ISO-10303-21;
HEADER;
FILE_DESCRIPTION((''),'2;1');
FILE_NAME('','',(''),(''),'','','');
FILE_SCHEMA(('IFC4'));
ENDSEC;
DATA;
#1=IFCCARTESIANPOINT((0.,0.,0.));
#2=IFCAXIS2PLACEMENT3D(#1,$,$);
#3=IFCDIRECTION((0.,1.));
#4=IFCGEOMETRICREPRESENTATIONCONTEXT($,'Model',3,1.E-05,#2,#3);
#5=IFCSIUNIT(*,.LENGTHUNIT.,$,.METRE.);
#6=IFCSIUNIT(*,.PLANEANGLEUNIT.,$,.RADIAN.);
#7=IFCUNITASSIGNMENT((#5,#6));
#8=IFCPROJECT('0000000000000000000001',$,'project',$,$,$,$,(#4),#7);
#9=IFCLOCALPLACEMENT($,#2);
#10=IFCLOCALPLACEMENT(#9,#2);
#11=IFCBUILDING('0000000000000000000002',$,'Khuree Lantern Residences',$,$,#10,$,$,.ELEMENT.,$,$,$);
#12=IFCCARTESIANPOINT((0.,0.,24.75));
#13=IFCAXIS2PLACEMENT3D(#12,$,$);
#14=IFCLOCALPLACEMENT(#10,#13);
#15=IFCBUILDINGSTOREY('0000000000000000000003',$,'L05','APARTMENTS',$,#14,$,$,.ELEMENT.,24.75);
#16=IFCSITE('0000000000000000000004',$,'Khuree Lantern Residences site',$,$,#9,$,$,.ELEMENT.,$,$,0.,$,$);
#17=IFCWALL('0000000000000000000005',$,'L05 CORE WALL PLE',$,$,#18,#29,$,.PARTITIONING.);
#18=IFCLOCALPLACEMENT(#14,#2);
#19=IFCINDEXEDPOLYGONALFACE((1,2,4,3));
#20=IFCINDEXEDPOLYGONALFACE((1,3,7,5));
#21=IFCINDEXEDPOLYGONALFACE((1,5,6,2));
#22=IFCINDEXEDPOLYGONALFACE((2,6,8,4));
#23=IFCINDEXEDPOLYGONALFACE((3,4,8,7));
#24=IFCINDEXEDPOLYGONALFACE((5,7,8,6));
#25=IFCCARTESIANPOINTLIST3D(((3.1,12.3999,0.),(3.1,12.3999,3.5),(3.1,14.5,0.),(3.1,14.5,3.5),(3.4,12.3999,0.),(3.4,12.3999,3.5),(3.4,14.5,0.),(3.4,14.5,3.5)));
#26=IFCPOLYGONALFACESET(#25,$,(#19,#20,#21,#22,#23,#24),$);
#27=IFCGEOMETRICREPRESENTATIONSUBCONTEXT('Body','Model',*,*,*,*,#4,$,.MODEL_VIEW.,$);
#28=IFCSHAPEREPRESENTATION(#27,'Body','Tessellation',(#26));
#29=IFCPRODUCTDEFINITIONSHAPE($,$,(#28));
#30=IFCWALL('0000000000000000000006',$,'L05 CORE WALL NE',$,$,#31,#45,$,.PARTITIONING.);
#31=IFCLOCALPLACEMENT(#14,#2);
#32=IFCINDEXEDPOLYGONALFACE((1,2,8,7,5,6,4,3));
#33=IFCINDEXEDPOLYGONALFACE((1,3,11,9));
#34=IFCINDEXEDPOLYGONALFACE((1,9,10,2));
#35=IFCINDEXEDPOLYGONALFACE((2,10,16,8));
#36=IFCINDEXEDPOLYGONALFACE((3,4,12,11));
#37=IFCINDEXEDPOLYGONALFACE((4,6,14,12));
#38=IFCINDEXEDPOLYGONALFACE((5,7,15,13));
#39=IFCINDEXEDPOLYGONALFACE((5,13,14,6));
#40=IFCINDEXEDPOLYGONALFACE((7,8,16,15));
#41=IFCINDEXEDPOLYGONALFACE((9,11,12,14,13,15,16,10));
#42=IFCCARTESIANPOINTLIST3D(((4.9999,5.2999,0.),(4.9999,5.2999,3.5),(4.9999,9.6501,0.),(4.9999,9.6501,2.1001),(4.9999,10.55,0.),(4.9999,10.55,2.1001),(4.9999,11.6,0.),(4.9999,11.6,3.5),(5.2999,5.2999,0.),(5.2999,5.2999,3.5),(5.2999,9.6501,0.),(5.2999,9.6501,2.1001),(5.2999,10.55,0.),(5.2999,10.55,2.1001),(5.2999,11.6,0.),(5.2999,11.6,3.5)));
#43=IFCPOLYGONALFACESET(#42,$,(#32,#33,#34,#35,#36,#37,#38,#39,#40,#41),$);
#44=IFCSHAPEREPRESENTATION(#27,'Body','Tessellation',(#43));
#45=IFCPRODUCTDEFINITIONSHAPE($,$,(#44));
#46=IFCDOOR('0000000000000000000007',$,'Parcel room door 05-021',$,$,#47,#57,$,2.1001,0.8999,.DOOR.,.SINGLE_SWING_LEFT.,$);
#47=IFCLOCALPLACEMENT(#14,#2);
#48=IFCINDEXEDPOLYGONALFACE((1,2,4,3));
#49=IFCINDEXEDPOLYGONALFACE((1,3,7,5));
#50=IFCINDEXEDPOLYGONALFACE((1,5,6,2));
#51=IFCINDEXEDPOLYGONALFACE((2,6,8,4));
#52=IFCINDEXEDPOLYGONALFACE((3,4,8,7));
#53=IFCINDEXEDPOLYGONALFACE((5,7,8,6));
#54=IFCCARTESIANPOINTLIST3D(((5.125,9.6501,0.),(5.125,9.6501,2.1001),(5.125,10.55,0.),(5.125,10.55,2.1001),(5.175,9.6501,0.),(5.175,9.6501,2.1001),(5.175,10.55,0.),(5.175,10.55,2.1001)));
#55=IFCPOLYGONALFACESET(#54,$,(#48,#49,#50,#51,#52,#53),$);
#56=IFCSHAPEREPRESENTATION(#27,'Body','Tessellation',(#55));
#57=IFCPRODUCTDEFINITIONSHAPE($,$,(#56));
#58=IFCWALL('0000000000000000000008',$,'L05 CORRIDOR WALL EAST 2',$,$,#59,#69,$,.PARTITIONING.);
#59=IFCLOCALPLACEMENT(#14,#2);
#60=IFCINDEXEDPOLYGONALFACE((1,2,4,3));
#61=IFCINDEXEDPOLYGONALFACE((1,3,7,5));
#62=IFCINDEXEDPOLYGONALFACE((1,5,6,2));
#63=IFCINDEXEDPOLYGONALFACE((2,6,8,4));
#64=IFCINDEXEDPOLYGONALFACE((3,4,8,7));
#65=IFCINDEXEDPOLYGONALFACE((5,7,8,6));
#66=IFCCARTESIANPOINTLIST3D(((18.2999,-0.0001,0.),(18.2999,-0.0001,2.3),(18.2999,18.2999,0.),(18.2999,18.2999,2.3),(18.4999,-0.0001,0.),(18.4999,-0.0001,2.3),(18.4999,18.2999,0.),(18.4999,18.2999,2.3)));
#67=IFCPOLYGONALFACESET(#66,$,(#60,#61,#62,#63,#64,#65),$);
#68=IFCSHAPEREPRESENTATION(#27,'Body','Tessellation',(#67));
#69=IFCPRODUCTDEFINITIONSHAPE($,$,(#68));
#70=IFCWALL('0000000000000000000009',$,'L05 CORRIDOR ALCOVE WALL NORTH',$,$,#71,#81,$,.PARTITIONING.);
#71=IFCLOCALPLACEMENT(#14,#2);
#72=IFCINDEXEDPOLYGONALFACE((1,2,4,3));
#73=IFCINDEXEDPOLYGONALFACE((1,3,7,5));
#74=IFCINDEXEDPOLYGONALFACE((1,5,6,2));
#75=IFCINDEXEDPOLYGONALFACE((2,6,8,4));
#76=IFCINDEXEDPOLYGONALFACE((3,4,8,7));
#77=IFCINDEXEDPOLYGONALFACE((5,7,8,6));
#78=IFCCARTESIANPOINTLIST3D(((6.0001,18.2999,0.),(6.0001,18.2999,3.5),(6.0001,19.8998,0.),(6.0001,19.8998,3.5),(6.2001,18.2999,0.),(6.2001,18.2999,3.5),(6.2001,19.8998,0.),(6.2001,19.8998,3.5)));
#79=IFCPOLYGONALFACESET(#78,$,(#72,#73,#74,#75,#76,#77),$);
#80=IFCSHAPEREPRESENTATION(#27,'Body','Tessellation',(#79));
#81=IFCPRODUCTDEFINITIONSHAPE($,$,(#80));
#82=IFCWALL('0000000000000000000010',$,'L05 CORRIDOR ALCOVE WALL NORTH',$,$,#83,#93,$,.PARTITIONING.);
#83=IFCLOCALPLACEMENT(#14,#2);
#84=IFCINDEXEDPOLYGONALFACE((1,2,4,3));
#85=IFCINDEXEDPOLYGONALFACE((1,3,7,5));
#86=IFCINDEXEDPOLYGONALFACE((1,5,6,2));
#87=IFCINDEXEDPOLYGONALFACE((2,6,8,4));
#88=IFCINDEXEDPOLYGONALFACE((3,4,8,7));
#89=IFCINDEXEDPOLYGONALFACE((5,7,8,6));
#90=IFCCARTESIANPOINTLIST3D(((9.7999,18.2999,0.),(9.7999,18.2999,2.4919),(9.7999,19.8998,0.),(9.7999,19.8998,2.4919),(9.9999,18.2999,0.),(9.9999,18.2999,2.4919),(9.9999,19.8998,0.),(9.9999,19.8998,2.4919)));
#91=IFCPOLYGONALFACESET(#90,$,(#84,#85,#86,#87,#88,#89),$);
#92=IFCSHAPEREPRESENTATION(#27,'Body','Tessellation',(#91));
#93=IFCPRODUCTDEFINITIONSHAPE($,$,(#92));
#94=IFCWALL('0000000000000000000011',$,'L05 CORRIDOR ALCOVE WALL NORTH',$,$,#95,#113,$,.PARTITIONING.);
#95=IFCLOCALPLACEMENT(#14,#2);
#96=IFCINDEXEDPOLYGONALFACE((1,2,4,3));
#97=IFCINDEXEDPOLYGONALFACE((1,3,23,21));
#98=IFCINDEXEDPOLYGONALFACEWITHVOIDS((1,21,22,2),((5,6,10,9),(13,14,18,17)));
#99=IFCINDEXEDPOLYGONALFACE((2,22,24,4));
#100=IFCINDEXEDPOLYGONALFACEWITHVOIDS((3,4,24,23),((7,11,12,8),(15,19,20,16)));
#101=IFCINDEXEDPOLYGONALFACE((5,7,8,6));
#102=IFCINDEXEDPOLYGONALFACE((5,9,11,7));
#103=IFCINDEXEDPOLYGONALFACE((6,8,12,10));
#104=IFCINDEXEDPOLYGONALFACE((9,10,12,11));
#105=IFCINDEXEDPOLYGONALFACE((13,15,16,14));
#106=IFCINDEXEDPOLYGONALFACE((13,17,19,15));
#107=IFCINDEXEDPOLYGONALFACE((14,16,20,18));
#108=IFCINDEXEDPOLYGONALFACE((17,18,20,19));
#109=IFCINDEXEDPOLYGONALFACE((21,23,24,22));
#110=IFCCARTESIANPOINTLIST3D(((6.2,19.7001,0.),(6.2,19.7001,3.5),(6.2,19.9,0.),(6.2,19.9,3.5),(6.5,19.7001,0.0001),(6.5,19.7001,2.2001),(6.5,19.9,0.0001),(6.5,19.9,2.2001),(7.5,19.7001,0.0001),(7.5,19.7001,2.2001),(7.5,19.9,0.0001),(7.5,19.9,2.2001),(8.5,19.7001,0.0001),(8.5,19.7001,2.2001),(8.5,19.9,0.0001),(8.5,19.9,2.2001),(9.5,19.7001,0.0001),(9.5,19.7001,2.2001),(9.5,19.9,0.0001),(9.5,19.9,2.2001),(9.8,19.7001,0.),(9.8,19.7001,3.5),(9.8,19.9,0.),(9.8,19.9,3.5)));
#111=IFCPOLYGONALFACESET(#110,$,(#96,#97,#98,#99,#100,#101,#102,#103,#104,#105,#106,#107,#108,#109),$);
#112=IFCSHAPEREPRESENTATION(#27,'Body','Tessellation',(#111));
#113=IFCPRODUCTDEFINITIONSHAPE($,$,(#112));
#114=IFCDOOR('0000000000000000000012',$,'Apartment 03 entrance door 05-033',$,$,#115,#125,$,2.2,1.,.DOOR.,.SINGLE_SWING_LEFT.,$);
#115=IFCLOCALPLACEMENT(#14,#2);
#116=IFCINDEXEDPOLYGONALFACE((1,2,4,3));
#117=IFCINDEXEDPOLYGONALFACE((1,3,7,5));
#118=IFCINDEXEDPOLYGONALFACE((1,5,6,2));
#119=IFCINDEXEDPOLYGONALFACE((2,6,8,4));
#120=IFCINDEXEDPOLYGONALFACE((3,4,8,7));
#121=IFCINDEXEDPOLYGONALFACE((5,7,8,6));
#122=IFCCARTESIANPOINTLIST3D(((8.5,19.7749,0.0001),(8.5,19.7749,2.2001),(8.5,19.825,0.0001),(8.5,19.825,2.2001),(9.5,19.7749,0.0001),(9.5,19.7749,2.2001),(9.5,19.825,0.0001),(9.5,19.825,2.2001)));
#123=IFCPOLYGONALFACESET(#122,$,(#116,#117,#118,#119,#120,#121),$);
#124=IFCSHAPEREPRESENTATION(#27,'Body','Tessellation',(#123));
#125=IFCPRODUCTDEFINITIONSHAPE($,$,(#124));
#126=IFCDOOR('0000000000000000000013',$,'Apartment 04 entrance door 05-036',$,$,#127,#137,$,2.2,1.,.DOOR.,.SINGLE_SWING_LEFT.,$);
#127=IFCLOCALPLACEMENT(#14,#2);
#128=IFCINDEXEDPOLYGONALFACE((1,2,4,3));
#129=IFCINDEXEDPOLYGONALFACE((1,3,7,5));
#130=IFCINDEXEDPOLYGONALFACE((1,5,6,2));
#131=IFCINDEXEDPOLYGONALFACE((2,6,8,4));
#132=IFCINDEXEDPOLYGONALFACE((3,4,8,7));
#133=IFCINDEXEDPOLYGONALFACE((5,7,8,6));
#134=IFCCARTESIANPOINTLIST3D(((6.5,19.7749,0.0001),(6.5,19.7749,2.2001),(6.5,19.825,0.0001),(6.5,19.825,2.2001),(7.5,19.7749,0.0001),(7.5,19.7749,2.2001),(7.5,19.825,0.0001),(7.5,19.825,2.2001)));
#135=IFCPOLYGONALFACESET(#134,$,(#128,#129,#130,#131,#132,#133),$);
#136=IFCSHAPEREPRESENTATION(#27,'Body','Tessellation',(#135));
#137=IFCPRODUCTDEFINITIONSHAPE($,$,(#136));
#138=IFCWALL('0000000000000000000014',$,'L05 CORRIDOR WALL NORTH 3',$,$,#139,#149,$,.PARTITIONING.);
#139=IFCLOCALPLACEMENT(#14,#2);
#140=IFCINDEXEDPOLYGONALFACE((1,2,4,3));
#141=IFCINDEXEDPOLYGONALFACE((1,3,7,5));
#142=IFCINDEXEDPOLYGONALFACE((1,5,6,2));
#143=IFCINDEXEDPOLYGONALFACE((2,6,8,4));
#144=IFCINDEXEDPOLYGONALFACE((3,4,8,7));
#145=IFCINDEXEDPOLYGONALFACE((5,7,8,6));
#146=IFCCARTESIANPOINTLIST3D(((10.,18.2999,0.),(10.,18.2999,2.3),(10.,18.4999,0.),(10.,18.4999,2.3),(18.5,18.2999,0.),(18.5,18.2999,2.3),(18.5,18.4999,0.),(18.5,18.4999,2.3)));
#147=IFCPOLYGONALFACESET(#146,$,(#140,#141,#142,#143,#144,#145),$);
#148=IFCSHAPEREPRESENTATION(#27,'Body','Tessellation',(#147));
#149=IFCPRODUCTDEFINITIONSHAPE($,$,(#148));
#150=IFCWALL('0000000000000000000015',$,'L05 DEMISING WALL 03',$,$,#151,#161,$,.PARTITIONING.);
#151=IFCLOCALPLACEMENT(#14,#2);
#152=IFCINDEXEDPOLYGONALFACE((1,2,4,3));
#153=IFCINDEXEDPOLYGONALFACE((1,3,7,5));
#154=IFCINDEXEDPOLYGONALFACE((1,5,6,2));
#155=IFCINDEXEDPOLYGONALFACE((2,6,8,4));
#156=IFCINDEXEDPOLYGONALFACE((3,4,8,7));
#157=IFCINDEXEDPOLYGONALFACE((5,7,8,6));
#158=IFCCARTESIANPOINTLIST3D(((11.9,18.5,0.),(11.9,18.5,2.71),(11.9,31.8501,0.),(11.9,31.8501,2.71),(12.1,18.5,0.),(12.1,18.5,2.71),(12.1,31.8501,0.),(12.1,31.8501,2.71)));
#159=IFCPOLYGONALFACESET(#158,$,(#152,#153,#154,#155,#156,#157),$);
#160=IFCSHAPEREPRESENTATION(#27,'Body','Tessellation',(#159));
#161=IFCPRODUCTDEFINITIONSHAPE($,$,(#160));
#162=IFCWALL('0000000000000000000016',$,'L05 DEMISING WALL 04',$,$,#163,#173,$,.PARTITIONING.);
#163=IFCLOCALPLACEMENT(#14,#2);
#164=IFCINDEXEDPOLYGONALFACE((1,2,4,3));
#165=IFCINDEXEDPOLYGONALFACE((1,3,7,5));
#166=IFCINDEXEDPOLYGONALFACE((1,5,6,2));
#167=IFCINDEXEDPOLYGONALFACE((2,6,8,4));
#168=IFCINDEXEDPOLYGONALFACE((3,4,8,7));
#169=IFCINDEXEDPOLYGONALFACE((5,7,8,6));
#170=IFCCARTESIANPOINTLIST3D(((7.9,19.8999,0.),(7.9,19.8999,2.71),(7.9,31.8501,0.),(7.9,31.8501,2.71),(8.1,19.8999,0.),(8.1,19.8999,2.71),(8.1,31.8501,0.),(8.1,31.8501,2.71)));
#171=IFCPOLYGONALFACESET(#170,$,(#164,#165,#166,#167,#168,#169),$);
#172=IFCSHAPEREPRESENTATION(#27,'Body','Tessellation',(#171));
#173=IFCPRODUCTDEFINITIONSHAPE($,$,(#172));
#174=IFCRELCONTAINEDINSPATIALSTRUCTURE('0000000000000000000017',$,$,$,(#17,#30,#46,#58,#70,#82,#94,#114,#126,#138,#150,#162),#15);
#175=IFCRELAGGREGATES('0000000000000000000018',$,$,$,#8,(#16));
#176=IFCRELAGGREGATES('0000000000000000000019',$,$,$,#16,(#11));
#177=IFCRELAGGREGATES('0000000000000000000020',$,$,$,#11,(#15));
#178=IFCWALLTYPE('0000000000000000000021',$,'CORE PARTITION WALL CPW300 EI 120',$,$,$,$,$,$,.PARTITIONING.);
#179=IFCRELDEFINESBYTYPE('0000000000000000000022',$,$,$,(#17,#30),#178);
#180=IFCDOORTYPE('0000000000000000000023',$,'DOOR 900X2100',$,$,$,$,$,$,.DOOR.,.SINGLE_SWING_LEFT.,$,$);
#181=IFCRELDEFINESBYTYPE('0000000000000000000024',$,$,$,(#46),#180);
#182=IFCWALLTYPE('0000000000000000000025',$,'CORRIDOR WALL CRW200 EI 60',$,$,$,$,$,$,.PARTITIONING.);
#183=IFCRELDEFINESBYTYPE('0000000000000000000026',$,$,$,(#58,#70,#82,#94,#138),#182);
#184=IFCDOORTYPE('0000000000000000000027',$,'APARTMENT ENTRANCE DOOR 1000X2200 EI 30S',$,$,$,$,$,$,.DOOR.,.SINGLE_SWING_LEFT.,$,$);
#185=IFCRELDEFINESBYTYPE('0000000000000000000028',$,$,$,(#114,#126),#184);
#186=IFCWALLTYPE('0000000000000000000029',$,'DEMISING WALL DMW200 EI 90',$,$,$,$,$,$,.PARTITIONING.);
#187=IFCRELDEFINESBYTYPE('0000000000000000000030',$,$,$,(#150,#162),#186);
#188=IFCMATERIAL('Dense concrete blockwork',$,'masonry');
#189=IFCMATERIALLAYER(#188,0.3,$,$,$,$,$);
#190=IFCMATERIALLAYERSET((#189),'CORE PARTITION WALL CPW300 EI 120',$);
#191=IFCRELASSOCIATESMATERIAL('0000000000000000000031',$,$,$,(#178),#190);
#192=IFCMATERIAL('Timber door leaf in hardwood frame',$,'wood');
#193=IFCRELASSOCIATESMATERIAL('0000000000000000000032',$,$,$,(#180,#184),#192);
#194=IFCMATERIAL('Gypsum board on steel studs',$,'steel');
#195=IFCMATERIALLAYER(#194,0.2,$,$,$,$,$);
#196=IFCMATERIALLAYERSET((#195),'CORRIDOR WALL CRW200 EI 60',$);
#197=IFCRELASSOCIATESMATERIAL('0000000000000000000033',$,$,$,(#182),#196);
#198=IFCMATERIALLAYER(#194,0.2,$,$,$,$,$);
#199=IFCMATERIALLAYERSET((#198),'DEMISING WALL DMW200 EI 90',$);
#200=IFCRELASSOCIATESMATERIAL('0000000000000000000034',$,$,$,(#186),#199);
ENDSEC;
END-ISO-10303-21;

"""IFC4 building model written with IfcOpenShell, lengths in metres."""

from ifc_helpers import new_model, si_unit, direction, frame, frame_2d, origin, place, context, subcontext, project, spatial, rectangle, extrude, material, layer, layer_set, type_object, element, fill, save


model = new_model("IFC4")

# Units and contexts
model_context = context("Model", 3, precision=1e-05, world=origin(), true_north=direction((0.0, 1.0)))
body_context = subcontext(model_context, "Body", "Model", "MODEL_VIEW")
ifc_project = project(units=[si_unit("LENGTHUNIT", "METRE"), si_unit("PLANEANGLEUNIT", "RADIAN")], contexts=[model_context])

# Site, building, storey
site_placement = place(None, origin())
site = spatial("IfcSite", under=ifc_project, at=site_placement, Name="Khuree Lantern Residences site", CompositionType="ELEMENT", RefElevation=0.0)
building_placement = place(site_placement, origin())
building = spatial("IfcBuilding", under=site, at=building_placement, Name="Khuree Lantern Residences", CompositionType="ELEMENT")
storey_placement = place(building_placement, frame((0.0, 0.0, 24.75)))
storey = spatial("IfcBuildingStorey", under=building, at=storey_placement, Name="L05", Description="APARTMENTS", CompositionType="ELEMENT", Elevation=24.75)

# Shared definitions
ifc_material_1 = material(Name="Timber door leaf in hardwood frame", Category="wood")

# Wall
ifc_material_2 = material(Name="Dense concrete blockwork", Category="masonry")
ifc_layer_1 = layer(ifc_material_2, 0.3)
ifc_layer_set_1 = layer_set([ifc_layer_1], Name="CORE PARTITION WALL CPW300 EI 120")
wall_type_1 = type_object("IfcWallType", Name="CORE PARTITION WALL CPW300 EI 120", PredefinedType="PARTITIONING", material=ifc_layer_set_1)
wall_1_placement = place(storey_placement, frame((3.25, 12.3999, 0.0), z_axis=(0.0, 0.0, 1.0), x_axis=(0.0, 1.0, 0.0)))
element("IfcWall", 1, at=wall_1_placement, inside=storey, type_object=wall_type_1, Name="L05 CORE WALL PLE", PredefinedType="PARTITIONING", context=body_context, shape_type="SweptSolid", body=[
    extrude(rectangle(XDim=2.1001, YDim=0.3, at=frame_2d((1.05, 0.0))), origin(), (0.0, 0.0, 1.0), 3.5),
])

# Wall, opening, door
wall_2_placement = place(storey_placement, frame((5.1499, 5.3, 0.0), z_axis=(0.0, 0.0, 1.0), x_axis=(0.0, 1.0, 0.0)))
wall_2 = element("IfcWall", 2, at=wall_2_placement, inside=storey, type_object=wall_type_1, Name="L05 CORE WALL NE", PredefinedType="PARTITIONING", context=body_context, shape_type="SweptSolid", body=[
    extrude(rectangle(XDim=6.3, YDim=0.3, at=frame_2d((3.1499, 0.0))), origin(), (0.0, 0.0, 1.0), 3.5),
])
opening_1_placement = place(wall_2_placement, frame((4.3501, 0.0, 0.0)))
opening_1 = element("IfcOpeningElement", 3, at=opening_1_placement, cuts=wall_2, PredefinedType="OPENING", context=body_context, shape_type="SweptSolid", body=[
    extrude(rectangle(XDim=0.8999, YDim=2.1001, at=frame_2d((0.45, 1.05))), frame((0.0, 0.1602, 0.0), z_axis=(0.0, -1.0, 0.0), x_axis=(1.0, 0.0, 0.0)), (0.0, 0.0, 1.0), 0.3201),
])
door_type_1 = type_object("IfcDoorType", Name="DOOR 900X2100", OperationType="SINGLE_SWING_LEFT", PredefinedType="DOOR", material=ifc_material_1)
door_1_placement = place(opening_1_placement, origin())
door_1 = element("IfcDoor", 4, at=door_1_placement, inside=storey, type_object=door_type_1, Name="Parcel room door 05-021", OperationType="SINGLE_SWING_LEFT", OverallHeight=2.1001, OverallWidth=0.8999, PredefinedType="DOOR", context=body_context, shape_type="SweptSolid", body=[
    extrude(rectangle(XDim=0.8999, YDim=2.1001, at=frame_2d((0.45, 1.05))), frame((0.0, 0.0249, 0.0), z_axis=(0.0, -1.0, 0.0), x_axis=(1.0, 0.0, 0.0)), (0.0, 0.0, 1.0), 0.05),
])
fill(opening_1, door_1)

# Walls
ifc_material_3 = material(Name="Gypsum board on steel studs", Category="steel")
ifc_layer_2 = layer(ifc_material_3, 0.2)
ifc_layer_set_2 = layer_set([ifc_layer_2], Name="CORRIDOR WALL CRW200 EI 60")
wall_type_2 = type_object("IfcWallType", Name="CORRIDOR WALL CRW200 EI 60", PredefinedType="PARTITIONING", material=ifc_layer_set_2)
wall_3_placement = place(storey_placement, frame((18.3999, 0.0, 0.0), z_axis=(0.0, 0.0, 1.0), x_axis=(0.0, 1.0, 0.0)))
element("IfcWall", 5, at=wall_3_placement, inside=storey, type_object=wall_type_2, Name="L05 CORRIDOR WALL EAST 2", PredefinedType="PARTITIONING", context=body_context, shape_type="SweptSolid", body=[
    extrude(rectangle(XDim=18.3, YDim=0.2, at=frame_2d((9.1499, 0.0))), origin(), (0.0, 0.0, 1.0), 2.3),
])
wall_4_placement = place(storey_placement, frame((6.1001, 18.3, 0.0), z_axis=(0.0, 0.0, 1.0), x_axis=(0.0, 1.0, 0.0)))
element("IfcWall", 6, at=wall_4_placement, inside=storey, type_object=wall_type_2, Name="L05 CORRIDOR ALCOVE WALL NORTH", PredefinedType="PARTITIONING", context=body_context, shape_type="SweptSolid", body=[
    extrude(rectangle(XDim=1.5999, YDim=0.2, at=frame_2d((0.7998, 0.0))), origin(), (0.0, 0.0, 1.0), 3.5),
])
wall_5_placement = place(storey_placement, frame((9.8999, 18.3, 0.0), z_axis=(0.0, 0.0, 1.0), x_axis=(0.0, 1.0, 0.0)))
element("IfcWall", 7, at=wall_5_placement, inside=storey, type_object=wall_type_2, Name="L05 CORRIDOR ALCOVE WALL NORTH", PredefinedType="PARTITIONING", context=body_context, shape_type="SweptSolid", body=[
    extrude(rectangle(XDim=1.5999, YDim=0.2, at=frame_2d((0.7998, 0.0))), origin(), (0.0, 0.0, 1.0), 2.4919),
])

# Wall, openings, doors
wall_6_placement = place(storey_placement, frame((6.2, 19.8, 0.0), z_axis=(0.0, 0.0, 1.0), x_axis=(1.0, 0.0, 0.0)))
wall_6 = element("IfcWall", 8, at=wall_6_placement, inside=storey, type_object=wall_type_2, Name="L05 CORRIDOR ALCOVE WALL NORTH", PredefinedType="PARTITIONING", context=body_context, shape_type="SweptSolid", body=[
    extrude(rectangle(XDim=3.6001, YDim=0.2, at=frame_2d((1.8, 0.0))), origin(), (0.0, 0.0, 1.0), 3.5),
])
opening_2_placement = place(wall_6_placement, frame((2.3, 0.0, 0.0)))
opening_2 = element("IfcOpeningElement", 9, at=opening_2_placement, cuts=wall_6, PredefinedType="OPENING", context=body_context, shape_type="SweptSolid", body=[
    extrude(rectangle(XDim=1.0, YDim=2.2, at=frame_2d((0.5, 1.1001))), frame((0.0, 0.1099, 0.0), z_axis=(0.0, -1.0, 0.0), x_axis=(1.0, 0.0, 0.0)), (0.0, 0.0, 1.0), 0.22),
])
opening_3_placement = place(wall_6_placement, frame((0.3, 0.0, 0.0)))
opening_3 = element("IfcOpeningElement", 10, at=opening_3_placement, cuts=wall_6, PredefinedType="OPENING", context=body_context, shape_type="SweptSolid", body=[
    extrude(rectangle(XDim=1.0, YDim=2.2, at=frame_2d((0.5, 1.1001))), frame((0.0, 0.1099, 0.0), z_axis=(0.0, -1.0, 0.0), x_axis=(1.0, 0.0, 0.0)), (0.0, 0.0, 1.0), 0.22),
])
door_type_2 = type_object("IfcDoorType", Name="APARTMENT ENTRANCE DOOR 1000X2200 EI 30S", OperationType="SINGLE_SWING_LEFT", PredefinedType="DOOR", material=ifc_material_1)
door_2_placement = place(opening_2_placement, origin())
door_2 = element("IfcDoor", 11, at=door_2_placement, inside=storey, type_object=door_type_2, Name="Apartment 03 entrance door 05-033", OperationType="SINGLE_SWING_LEFT", OverallHeight=2.2, OverallWidth=1.0, PredefinedType="DOOR", context=body_context, shape_type="SweptSolid", body=[
    extrude(rectangle(XDim=1.0, YDim=2.2, at=frame_2d((0.5, 1.1001))), frame((0.0, 0.0249, 0.0), z_axis=(0.0, -1.0, 0.0), x_axis=(1.0, 0.0, 0.0)), (0.0, 0.0, 1.0), 0.05),
])
fill(opening_2, door_2)
door_3_placement = place(opening_3_placement, origin())
door_3 = element("IfcDoor", 12, at=door_3_placement, inside=storey, type_object=door_type_2, Name="Apartment 04 entrance door 05-036", OperationType="SINGLE_SWING_LEFT", OverallHeight=2.2, OverallWidth=1.0, PredefinedType="DOOR", context=body_context, shape_type="SweptSolid", body=[
    extrude(rectangle(XDim=1.0, YDim=2.2, at=frame_2d((0.5, 1.1001))), frame((0.0, 0.0249, 0.0), z_axis=(0.0, -1.0, 0.0), x_axis=(1.0, 0.0, 0.0)), (0.0, 0.0, 1.0), 0.05),
])
fill(opening_3, door_3)

# Walls
wall_7_placement = place(storey_placement, frame((10.0, 18.3999, 0.0), z_axis=(0.0, 0.0, 1.0), x_axis=(1.0, 0.0, 0.0)))
element("IfcWall", 13, at=wall_7_placement, inside=storey, type_object=wall_type_2, Name="L05 CORRIDOR WALL NORTH 3", PredefinedType="PARTITIONING", context=body_context, shape_type="SweptSolid", body=[
    extrude(rectangle(XDim=8.5, YDim=0.2, at=frame_2d((4.25, 0.0))), origin(), (0.0, 0.0, 1.0), 2.3),
])
ifc_layer_3 = layer(ifc_material_3, 0.2)
ifc_layer_set_3 = layer_set([ifc_layer_3], Name="DEMISING WALL DMW200 EI 90")
wall_type_3 = type_object("IfcWallType", Name="DEMISING WALL DMW200 EI 90", PredefinedType="PARTITIONING", material=ifc_layer_set_3)
wall_8_placement = place(storey_placement, frame((12.0, 18.5, 0.0), z_axis=(0.0, 0.0, 1.0), x_axis=(0.0, 1.0, 0.0)))
element("IfcWall", 14, at=wall_8_placement, inside=storey, type_object=wall_type_3, Name="L05 DEMISING WALL 03", PredefinedType="PARTITIONING", context=body_context, shape_type="SweptSolid", body=[
    extrude(rectangle(XDim=13.3501, YDim=0.2, at=frame_2d((6.675, 0.0))), origin(), (0.0, 0.0, 1.0), 2.71),
])
wall_9_placement = place(storey_placement, frame((8.0, 19.8999, 0.0), z_axis=(0.0, 0.0, 1.0), x_axis=(0.0, 1.0, 0.0)))
element("IfcWall", 15, at=wall_9_placement, inside=storey, type_object=wall_type_3, Name="L05 DEMISING WALL 04", PredefinedType="PARTITIONING", context=body_context, shape_type="SweptSolid", body=[
    extrude(rectangle(XDim=11.9502, YDim=0.2, at=frame_2d((5.9751, 0.0))), origin(), (0.0, 0.0, 1.0), 2.71),
])

save(model, "model.ifc")
